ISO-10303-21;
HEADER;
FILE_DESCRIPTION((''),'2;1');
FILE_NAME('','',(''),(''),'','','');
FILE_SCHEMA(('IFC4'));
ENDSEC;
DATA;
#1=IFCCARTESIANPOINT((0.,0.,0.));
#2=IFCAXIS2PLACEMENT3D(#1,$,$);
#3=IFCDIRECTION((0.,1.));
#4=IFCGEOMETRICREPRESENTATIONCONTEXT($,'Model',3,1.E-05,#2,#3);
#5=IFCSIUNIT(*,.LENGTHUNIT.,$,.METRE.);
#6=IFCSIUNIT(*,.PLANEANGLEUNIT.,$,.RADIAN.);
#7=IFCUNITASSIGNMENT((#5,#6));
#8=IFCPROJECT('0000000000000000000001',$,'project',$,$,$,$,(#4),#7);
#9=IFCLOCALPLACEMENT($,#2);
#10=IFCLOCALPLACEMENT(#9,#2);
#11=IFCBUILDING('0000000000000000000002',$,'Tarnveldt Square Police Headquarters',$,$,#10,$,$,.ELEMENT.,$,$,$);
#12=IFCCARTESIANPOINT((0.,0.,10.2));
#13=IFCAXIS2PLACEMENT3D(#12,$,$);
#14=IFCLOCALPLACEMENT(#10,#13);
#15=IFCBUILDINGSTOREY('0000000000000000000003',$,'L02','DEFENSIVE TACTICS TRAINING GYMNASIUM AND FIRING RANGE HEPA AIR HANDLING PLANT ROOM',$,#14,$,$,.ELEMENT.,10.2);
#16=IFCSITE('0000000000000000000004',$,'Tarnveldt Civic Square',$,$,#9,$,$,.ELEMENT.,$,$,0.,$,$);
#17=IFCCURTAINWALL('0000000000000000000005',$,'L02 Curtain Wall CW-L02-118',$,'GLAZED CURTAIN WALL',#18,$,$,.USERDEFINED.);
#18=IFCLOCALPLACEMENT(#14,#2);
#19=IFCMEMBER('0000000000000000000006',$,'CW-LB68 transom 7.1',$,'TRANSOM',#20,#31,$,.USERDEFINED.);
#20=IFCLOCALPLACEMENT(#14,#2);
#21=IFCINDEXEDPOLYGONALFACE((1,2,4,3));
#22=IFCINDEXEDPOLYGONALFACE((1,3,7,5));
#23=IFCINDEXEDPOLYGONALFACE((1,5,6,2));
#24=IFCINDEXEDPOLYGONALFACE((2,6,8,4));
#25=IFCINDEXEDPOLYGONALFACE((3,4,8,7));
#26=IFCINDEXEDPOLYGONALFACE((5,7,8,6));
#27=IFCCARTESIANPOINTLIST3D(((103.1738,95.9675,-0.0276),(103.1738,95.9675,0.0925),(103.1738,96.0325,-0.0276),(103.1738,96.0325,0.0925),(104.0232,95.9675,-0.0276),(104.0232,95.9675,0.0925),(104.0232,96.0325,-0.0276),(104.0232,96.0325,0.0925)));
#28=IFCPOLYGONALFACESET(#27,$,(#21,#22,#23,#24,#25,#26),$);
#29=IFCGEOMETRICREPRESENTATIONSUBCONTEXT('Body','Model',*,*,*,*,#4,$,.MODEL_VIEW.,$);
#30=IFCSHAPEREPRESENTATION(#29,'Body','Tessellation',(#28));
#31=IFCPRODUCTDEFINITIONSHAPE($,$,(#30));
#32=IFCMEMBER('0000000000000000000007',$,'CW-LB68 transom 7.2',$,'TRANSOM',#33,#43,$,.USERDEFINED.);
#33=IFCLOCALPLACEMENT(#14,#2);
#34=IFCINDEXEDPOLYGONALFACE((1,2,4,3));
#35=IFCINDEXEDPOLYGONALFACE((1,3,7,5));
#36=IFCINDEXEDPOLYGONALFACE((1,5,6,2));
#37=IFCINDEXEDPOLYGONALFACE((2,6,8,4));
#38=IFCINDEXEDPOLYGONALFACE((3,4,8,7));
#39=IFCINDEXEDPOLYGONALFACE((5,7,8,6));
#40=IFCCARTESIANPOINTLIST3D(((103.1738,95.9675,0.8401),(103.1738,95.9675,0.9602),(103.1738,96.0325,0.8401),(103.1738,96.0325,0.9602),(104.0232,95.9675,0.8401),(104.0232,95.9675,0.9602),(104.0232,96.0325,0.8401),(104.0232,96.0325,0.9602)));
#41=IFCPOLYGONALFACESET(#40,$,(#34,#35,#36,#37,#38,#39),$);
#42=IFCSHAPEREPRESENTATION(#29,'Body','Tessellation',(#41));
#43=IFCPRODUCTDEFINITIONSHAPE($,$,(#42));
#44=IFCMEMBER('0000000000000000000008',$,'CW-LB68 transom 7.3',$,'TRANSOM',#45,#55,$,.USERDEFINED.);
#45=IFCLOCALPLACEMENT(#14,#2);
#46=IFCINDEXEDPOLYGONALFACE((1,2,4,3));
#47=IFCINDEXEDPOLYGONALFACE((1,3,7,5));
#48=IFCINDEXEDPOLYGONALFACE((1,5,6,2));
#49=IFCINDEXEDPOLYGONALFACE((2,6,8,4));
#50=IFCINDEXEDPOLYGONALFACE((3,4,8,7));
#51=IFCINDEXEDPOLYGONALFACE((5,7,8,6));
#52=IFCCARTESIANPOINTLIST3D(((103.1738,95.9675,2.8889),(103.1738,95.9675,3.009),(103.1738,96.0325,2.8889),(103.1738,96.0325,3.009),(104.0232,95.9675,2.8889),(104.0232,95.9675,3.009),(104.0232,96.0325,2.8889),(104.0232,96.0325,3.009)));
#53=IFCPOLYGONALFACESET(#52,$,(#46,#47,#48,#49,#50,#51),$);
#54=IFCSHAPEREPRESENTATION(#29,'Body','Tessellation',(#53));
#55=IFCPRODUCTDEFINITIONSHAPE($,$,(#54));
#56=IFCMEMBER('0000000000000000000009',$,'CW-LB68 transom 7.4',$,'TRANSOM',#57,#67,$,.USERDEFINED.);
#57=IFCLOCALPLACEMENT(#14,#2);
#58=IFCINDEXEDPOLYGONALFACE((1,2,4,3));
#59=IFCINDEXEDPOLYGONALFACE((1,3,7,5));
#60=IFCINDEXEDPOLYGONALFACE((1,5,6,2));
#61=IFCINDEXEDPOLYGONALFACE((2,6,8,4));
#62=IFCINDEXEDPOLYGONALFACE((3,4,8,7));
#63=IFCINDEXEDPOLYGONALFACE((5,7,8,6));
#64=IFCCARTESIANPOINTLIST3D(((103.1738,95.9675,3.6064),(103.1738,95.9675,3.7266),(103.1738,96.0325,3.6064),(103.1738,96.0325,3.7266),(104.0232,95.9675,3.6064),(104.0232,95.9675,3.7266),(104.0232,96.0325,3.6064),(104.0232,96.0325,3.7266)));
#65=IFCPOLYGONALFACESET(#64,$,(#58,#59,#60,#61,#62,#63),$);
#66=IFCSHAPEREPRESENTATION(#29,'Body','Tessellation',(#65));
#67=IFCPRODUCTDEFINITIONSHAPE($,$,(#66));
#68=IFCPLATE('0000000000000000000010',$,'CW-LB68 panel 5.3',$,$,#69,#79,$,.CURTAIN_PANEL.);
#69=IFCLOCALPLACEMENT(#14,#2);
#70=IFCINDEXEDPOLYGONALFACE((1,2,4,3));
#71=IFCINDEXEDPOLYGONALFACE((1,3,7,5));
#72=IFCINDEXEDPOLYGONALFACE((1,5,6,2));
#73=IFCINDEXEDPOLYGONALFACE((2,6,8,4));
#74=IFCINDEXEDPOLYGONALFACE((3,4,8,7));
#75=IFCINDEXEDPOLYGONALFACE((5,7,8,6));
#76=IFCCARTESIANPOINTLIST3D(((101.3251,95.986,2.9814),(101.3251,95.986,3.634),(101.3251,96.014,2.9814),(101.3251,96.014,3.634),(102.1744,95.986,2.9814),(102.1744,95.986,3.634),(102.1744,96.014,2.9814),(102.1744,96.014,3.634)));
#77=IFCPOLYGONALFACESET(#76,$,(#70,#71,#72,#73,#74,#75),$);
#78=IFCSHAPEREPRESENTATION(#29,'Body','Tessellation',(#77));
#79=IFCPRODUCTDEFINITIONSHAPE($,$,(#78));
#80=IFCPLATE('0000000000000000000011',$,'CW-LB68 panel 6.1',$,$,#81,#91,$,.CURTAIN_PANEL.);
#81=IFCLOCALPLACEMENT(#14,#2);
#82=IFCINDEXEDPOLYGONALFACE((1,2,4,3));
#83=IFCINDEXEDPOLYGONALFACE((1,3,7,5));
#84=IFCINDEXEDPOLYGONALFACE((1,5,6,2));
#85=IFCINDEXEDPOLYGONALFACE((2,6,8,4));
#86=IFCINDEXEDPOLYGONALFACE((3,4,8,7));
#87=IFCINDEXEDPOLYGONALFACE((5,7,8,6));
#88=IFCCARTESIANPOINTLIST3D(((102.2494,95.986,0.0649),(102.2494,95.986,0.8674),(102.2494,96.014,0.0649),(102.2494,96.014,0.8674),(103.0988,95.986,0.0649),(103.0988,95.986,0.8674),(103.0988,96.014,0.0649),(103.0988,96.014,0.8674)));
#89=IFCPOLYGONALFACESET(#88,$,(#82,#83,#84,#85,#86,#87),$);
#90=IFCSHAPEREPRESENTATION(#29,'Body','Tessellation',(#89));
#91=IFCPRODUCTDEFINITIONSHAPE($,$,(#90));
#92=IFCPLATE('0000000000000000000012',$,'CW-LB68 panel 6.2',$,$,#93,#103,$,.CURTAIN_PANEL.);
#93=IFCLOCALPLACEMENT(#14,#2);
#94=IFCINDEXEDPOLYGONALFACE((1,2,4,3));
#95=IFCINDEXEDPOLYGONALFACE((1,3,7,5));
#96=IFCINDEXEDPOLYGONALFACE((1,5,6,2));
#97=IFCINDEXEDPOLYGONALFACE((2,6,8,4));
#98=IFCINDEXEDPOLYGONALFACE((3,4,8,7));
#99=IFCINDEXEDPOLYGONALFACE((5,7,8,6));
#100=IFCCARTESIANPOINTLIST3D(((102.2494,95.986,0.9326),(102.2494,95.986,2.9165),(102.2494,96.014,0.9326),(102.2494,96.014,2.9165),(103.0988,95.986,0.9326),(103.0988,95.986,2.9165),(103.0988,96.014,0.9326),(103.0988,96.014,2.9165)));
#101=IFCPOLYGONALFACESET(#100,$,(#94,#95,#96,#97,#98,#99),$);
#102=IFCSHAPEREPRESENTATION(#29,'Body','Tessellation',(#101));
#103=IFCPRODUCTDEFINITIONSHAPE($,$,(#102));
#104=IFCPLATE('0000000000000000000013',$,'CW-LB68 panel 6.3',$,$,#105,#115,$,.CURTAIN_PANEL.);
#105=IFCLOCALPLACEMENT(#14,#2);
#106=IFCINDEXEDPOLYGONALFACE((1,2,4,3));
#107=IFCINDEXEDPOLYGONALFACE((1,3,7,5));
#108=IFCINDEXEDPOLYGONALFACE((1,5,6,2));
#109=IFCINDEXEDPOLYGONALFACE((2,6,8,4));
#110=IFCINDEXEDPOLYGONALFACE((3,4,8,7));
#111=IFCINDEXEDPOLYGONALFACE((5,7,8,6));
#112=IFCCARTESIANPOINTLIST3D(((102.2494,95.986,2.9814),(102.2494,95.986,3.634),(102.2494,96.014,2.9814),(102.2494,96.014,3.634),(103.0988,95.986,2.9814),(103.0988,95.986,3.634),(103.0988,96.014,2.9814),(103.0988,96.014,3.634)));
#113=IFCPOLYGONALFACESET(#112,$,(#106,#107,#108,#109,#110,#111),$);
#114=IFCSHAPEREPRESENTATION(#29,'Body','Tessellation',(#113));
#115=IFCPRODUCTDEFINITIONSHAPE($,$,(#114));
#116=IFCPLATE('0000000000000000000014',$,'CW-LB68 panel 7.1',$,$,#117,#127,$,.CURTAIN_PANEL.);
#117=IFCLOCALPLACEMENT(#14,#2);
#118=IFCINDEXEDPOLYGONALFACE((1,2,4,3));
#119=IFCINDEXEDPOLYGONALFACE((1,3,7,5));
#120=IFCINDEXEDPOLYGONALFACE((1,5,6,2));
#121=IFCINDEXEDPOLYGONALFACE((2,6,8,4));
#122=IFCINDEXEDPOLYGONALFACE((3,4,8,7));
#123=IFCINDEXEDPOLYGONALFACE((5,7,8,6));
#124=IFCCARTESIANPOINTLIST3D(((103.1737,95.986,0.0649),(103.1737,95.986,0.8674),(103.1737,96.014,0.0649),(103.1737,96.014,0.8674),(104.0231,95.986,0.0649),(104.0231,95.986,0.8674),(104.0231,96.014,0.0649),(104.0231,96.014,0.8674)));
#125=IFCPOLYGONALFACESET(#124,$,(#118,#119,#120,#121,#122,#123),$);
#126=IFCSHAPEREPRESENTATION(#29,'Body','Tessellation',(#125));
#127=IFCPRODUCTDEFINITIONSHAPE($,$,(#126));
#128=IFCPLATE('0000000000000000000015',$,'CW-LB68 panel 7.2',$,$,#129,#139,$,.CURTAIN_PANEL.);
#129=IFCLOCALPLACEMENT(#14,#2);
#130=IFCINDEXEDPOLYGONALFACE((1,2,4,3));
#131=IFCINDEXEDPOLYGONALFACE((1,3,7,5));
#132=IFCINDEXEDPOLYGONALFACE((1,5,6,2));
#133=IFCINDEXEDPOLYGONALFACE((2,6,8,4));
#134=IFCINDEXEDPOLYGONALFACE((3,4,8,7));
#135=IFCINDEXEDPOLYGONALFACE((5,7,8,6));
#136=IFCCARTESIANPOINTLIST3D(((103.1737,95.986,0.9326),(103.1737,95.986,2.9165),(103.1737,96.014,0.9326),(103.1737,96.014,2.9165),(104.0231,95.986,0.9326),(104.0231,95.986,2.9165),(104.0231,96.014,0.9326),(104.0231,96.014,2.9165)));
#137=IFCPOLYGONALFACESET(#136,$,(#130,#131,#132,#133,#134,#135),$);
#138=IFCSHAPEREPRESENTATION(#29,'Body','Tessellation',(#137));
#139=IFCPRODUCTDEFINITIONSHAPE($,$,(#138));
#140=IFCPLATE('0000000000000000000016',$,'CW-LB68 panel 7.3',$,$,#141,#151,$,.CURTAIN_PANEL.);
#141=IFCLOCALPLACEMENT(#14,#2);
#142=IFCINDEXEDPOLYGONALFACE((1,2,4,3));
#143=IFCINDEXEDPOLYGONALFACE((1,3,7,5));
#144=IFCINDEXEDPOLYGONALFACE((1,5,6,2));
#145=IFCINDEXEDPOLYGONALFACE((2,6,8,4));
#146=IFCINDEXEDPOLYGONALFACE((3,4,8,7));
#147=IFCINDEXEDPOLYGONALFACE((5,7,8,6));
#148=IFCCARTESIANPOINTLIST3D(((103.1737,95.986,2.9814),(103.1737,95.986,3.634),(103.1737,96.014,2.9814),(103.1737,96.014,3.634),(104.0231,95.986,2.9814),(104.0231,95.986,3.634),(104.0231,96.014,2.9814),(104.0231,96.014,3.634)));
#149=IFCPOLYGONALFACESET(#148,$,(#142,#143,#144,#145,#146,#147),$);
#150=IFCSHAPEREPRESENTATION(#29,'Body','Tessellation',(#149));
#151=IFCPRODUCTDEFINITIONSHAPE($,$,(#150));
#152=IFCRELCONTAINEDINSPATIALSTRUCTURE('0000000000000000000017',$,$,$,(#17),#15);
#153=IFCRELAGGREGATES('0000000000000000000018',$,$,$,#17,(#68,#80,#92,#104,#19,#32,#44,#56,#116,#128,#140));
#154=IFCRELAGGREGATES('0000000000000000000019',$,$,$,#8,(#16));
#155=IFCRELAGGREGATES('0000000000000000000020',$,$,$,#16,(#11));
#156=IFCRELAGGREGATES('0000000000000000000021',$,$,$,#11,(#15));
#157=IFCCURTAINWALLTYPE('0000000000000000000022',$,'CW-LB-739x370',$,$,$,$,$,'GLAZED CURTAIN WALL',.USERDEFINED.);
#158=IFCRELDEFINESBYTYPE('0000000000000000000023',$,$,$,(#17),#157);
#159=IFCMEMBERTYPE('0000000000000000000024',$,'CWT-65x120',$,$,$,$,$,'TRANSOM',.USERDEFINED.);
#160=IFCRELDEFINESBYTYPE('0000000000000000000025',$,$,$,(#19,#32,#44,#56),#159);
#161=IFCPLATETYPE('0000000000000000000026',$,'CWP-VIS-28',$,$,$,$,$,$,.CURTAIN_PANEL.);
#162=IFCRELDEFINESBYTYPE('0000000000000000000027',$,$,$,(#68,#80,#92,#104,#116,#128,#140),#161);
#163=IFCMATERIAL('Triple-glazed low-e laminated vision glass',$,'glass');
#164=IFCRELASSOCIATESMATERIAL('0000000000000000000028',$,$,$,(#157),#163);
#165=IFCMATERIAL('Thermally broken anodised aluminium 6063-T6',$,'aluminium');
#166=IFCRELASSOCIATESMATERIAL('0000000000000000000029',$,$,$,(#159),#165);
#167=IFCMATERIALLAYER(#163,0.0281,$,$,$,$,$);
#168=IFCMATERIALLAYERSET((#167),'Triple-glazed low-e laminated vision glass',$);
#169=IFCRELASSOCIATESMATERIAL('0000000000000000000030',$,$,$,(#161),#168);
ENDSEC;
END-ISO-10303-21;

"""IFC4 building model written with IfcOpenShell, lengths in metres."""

from ifc_helpers import new_model, si_unit, direction, frame, origin, origin_2d, place, context, subcontext, project, spatial, rectangle, extrude, material, layer, layer_set, material_profile, profile_set, type_object, element, aggregate, save


model = new_model("IFC4")

# Units and contexts
model_context = context("Model", 3, precision=1e-05, world=origin(), true_north=direction((0.0, 1.0)))
body_context = subcontext(model_context, "Body", "Model", "MODEL_VIEW")
ifc_project = project(units=[si_unit("LENGTHUNIT", "METRE"), si_unit("PLANEANGLEUNIT", "RADIAN")], contexts=[model_context])

# Site, building, storey
site_placement = place(None, origin())
site = spatial("IfcSite", under=ifc_project, at=site_placement, Name="Tarnveldt Civic Square", CompositionType="ELEMENT", RefElevation=0.0)
building_placement = place(site_placement, origin())
building = spatial("IfcBuilding", under=site, at=building_placement, Name="Tarnveldt Square Police Headquarters", CompositionType="ELEMENT")
storey_placement = place(building_placement, frame((0.0, 0.0, 10.2)))
storey = spatial("IfcBuildingStorey", under=building, at=storey_placement, Name="L02", Description="DEFENSIVE TACTICS TRAINING GYMNASIUM AND FIRING RANGE HEPA AIR HANDLING PLANT ROOM", CompositionType="ELEMENT", Elevation=10.2)

# Curtain wall, members, plates
ifc_material_1 = material(Name="Triple-glazed low-e laminated vision glass", Category="glass")
curtain_wall_type = type_object("IfcCurtainWallType", Name="CW-LB-739x370", ElementType="GLAZED CURTAIN WALL", PredefinedType="USERDEFINED", material=ifc_material_1)
curtain_wall_placement = place(storey_placement, origin())
curtain_wall = element("IfcCurtainWall", 1, at=curtain_wall_placement, inside=storey, type_object=curtain_wall_type, Name="L02 Curtain Wall CW-L02-118", ObjectType="GLAZED CURTAIN WALL", PredefinedType="USERDEFINED")
ifc_material_2 = material(Name="Thermally broken anodised aluminium 6063-T6", Category="aluminium")
ifc_material_profile_1 = material_profile(ifc_material_2, rectangle(XDim=0.0649, YDim=0.1201, at=origin_2d()), Name="CW-T65x120")
ifc_profile_set_1 = profile_set([ifc_material_profile_1], Name="Thermally broken anodised aluminium 6063-T6")
member_type_1 = type_object("IfcMemberType", Name="CWT-65x120", ElementType="TRANSOM", PredefinedType="USERDEFINED", material=ifc_profile_set_1)
member_1_placement = place(storey_placement, frame((103.1738, 96.0, 0.0325), z_axis=(1.0, 0.0, 0.0), x_axis=(0.0, 1.0, 0.0)))
member_1 = element("IfcMember", 2, at=member_1_placement, type_object=member_type_1, Name="CW-LB68 transom 7.1", ObjectType="TRANSOM", PredefinedType="USERDEFINED", context=body_context, shape_type="SweptSolid", body=[
    extrude(rectangle(XDim=0.0649, YDim=0.1201, at=origin_2d()), origin(), (0.0, 0.0, 1.0), 0.8494),
])
member_2_placement = place(storey_placement, frame((103.1738, 96.0, 0.9001), z_axis=(1.0, 0.0, 0.0), x_axis=(0.0, 1.0, 0.0)))
member_2 = element("IfcMember", 3, at=member_2_placement, type_object=member_type_1, Name="CW-LB68 transom 7.2", ObjectType="TRANSOM", PredefinedType="USERDEFINED", context=body_context, shape_type="SweptSolid", body=[
    extrude(rectangle(XDim=0.0649, YDim=0.1201, at=origin_2d()), origin(), (0.0, 0.0, 1.0), 0.8494),
])
member_3_placement = place(storey_placement, frame((103.1738, 96.0, 2.949), z_axis=(1.0, 0.0, 0.0), x_axis=(0.0, 1.0, 0.0)))
member_3 = element("IfcMember", 4, at=member_3_placement, type_object=member_type_1, Name="CW-LB68 transom 7.3", ObjectType="TRANSOM", PredefinedType="USERDEFINED", context=body_context, shape_type="SweptSolid", body=[
    extrude(rectangle(XDim=0.0649, YDim=0.1201, at=origin_2d()), origin(), (0.0, 0.0, 1.0), 0.8494),
])
member_4_placement = place(storey_placement, frame((103.1738, 96.0, 3.6665), z_axis=(1.0, 0.0, 0.0), x_axis=(0.0, 1.0, 0.0)))
member_4 = element("IfcMember", 5, at=member_4_placement, type_object=member_type_1, Name="CW-LB68 transom 7.4", ObjectType="TRANSOM", PredefinedType="USERDEFINED", context=body_context, shape_type="SweptSolid", body=[
    extrude(rectangle(XDim=0.0649, YDim=0.1201, at=origin_2d()), origin(), (0.0, 0.0, 1.0), 0.8494),
])
ifc_layer = layer(ifc_material_1, 0.0281)
ifc_layer_set = layer_set([ifc_layer], Name="Triple-glazed low-e laminated vision glass")
plate_type = type_object("IfcPlateType", Name="CWP-VIS-28", PredefinedType="CURTAIN_PANEL", material=ifc_layer_set)
plate_1_placement = place(storey_placement, frame((101.7498, 96.0, 2.9814), z_axis=(0.0, 0.0, 1.0), x_axis=(1.0, 0.0, 0.0)))
plate_1 = element("IfcPlate", 6, at=plate_1_placement, type_object=plate_type, Name="CW-LB68 panel 5.3", PredefinedType="CURTAIN_PANEL", context=body_context, shape_type="SweptSolid", body=[
    extrude(rectangle(XDim=0.8494, YDim=0.0281, at=origin_2d()), origin(), (0.0, 0.0, 1.0), 0.6526),
])
plate_2_placement = place(storey_placement, frame((102.6741, 96.0, 0.0649), z_axis=(0.0, 0.0, 1.0), x_axis=(1.0, 0.0, 0.0)))
plate_2 = element("IfcPlate", 7, at=plate_2_placement, type_object=plate_type, Name="CW-LB68 panel 6.1", PredefinedType="CURTAIN_PANEL", context=body_context, shape_type="SweptSolid", body=[
    extrude(rectangle(XDim=0.8494, YDim=0.0281, at=origin_2d()), origin(), (0.0, 0.0, 1.0), 0.8025),
])
plate_3_placement = place(storey_placement, frame((102.6741, 96.0, 0.9326), z_axis=(0.0, 0.0, 1.0), x_axis=(1.0, 0.0, 0.0)))
plate_3 = element("IfcPlate", 8, at=plate_3_placement, type_object=plate_type, Name="CW-LB68 panel 6.2", PredefinedType="CURTAIN_PANEL", context=body_context, shape_type="SweptSolid", body=[
    extrude(rectangle(XDim=0.8494, YDim=0.0281, at=origin_2d()), origin(), (0.0, 0.0, 1.0), 1.9839),
])
plate_4_placement = place(storey_placement, frame((102.6741, 96.0, 2.9814), z_axis=(0.0, 0.0, 1.0), x_axis=(1.0, 0.0, 0.0)))
plate_4 = element("IfcPlate", 9, at=plate_4_placement, type_object=plate_type, Name="CW-LB68 panel 6.3", PredefinedType="CURTAIN_PANEL", context=body_context, shape_type="SweptSolid", body=[
    extrude(rectangle(XDim=0.8494, YDim=0.0281, at=origin_2d()), origin(), (0.0, 0.0, 1.0), 0.6526),
])
plate_5_placement = place(storey_placement, frame((103.5984, 96.0, 0.0649), z_axis=(0.0, 0.0, 1.0), x_axis=(1.0, 0.0, 0.0)))
plate_5 = element("IfcPlate", 10, at=plate_5_placement, type_object=plate_type, Name="CW-LB68 panel 7.1", PredefinedType="CURTAIN_PANEL", context=body_context, shape_type="SweptSolid", body=[
    extrude(rectangle(XDim=0.8494, YDim=0.0281, at=origin_2d()), origin(), (0.0, 0.0, 1.0), 0.8025),
])
plate_6_placement = place(storey_placement, frame((103.5984, 96.0, 0.9326), z_axis=(0.0, 0.0, 1.0), x_axis=(1.0, 0.0, 0.0)))
plate_6 = element("IfcPlate", 11, at=plate_6_placement, type_object=plate_type, Name="CW-LB68 panel 7.2", PredefinedType="CURTAIN_PANEL", context=body_context, shape_type="SweptSolid", body=[
    extrude(rectangle(XDim=0.8494, YDim=0.0281, at=origin_2d()), origin(), (0.0, 0.0, 1.0), 1.9839),
])
plate_7_placement = place(storey_placement, frame((103.5984, 96.0, 2.9814), z_axis=(0.0, 0.0, 1.0), x_axis=(1.0, 0.0, 0.0)))
plate_7 = element("IfcPlate", 12, at=plate_7_placement, type_object=plate_type, Name="CW-LB68 panel 7.3", PredefinedType="CURTAIN_PANEL", context=body_context, shape_type="SweptSolid", body=[
    extrude(rectangle(XDim=0.8494, YDim=0.0281, at=origin_2d()), origin(), (0.0, 0.0, 1.0), 0.6526),
])
aggregate(curtain_wall, [plate_1, plate_2, plate_3, plate_4, member_1, member_2, member_3, member_4, plate_5, plate_6, plate_7])

save(model, "model.ifc")
